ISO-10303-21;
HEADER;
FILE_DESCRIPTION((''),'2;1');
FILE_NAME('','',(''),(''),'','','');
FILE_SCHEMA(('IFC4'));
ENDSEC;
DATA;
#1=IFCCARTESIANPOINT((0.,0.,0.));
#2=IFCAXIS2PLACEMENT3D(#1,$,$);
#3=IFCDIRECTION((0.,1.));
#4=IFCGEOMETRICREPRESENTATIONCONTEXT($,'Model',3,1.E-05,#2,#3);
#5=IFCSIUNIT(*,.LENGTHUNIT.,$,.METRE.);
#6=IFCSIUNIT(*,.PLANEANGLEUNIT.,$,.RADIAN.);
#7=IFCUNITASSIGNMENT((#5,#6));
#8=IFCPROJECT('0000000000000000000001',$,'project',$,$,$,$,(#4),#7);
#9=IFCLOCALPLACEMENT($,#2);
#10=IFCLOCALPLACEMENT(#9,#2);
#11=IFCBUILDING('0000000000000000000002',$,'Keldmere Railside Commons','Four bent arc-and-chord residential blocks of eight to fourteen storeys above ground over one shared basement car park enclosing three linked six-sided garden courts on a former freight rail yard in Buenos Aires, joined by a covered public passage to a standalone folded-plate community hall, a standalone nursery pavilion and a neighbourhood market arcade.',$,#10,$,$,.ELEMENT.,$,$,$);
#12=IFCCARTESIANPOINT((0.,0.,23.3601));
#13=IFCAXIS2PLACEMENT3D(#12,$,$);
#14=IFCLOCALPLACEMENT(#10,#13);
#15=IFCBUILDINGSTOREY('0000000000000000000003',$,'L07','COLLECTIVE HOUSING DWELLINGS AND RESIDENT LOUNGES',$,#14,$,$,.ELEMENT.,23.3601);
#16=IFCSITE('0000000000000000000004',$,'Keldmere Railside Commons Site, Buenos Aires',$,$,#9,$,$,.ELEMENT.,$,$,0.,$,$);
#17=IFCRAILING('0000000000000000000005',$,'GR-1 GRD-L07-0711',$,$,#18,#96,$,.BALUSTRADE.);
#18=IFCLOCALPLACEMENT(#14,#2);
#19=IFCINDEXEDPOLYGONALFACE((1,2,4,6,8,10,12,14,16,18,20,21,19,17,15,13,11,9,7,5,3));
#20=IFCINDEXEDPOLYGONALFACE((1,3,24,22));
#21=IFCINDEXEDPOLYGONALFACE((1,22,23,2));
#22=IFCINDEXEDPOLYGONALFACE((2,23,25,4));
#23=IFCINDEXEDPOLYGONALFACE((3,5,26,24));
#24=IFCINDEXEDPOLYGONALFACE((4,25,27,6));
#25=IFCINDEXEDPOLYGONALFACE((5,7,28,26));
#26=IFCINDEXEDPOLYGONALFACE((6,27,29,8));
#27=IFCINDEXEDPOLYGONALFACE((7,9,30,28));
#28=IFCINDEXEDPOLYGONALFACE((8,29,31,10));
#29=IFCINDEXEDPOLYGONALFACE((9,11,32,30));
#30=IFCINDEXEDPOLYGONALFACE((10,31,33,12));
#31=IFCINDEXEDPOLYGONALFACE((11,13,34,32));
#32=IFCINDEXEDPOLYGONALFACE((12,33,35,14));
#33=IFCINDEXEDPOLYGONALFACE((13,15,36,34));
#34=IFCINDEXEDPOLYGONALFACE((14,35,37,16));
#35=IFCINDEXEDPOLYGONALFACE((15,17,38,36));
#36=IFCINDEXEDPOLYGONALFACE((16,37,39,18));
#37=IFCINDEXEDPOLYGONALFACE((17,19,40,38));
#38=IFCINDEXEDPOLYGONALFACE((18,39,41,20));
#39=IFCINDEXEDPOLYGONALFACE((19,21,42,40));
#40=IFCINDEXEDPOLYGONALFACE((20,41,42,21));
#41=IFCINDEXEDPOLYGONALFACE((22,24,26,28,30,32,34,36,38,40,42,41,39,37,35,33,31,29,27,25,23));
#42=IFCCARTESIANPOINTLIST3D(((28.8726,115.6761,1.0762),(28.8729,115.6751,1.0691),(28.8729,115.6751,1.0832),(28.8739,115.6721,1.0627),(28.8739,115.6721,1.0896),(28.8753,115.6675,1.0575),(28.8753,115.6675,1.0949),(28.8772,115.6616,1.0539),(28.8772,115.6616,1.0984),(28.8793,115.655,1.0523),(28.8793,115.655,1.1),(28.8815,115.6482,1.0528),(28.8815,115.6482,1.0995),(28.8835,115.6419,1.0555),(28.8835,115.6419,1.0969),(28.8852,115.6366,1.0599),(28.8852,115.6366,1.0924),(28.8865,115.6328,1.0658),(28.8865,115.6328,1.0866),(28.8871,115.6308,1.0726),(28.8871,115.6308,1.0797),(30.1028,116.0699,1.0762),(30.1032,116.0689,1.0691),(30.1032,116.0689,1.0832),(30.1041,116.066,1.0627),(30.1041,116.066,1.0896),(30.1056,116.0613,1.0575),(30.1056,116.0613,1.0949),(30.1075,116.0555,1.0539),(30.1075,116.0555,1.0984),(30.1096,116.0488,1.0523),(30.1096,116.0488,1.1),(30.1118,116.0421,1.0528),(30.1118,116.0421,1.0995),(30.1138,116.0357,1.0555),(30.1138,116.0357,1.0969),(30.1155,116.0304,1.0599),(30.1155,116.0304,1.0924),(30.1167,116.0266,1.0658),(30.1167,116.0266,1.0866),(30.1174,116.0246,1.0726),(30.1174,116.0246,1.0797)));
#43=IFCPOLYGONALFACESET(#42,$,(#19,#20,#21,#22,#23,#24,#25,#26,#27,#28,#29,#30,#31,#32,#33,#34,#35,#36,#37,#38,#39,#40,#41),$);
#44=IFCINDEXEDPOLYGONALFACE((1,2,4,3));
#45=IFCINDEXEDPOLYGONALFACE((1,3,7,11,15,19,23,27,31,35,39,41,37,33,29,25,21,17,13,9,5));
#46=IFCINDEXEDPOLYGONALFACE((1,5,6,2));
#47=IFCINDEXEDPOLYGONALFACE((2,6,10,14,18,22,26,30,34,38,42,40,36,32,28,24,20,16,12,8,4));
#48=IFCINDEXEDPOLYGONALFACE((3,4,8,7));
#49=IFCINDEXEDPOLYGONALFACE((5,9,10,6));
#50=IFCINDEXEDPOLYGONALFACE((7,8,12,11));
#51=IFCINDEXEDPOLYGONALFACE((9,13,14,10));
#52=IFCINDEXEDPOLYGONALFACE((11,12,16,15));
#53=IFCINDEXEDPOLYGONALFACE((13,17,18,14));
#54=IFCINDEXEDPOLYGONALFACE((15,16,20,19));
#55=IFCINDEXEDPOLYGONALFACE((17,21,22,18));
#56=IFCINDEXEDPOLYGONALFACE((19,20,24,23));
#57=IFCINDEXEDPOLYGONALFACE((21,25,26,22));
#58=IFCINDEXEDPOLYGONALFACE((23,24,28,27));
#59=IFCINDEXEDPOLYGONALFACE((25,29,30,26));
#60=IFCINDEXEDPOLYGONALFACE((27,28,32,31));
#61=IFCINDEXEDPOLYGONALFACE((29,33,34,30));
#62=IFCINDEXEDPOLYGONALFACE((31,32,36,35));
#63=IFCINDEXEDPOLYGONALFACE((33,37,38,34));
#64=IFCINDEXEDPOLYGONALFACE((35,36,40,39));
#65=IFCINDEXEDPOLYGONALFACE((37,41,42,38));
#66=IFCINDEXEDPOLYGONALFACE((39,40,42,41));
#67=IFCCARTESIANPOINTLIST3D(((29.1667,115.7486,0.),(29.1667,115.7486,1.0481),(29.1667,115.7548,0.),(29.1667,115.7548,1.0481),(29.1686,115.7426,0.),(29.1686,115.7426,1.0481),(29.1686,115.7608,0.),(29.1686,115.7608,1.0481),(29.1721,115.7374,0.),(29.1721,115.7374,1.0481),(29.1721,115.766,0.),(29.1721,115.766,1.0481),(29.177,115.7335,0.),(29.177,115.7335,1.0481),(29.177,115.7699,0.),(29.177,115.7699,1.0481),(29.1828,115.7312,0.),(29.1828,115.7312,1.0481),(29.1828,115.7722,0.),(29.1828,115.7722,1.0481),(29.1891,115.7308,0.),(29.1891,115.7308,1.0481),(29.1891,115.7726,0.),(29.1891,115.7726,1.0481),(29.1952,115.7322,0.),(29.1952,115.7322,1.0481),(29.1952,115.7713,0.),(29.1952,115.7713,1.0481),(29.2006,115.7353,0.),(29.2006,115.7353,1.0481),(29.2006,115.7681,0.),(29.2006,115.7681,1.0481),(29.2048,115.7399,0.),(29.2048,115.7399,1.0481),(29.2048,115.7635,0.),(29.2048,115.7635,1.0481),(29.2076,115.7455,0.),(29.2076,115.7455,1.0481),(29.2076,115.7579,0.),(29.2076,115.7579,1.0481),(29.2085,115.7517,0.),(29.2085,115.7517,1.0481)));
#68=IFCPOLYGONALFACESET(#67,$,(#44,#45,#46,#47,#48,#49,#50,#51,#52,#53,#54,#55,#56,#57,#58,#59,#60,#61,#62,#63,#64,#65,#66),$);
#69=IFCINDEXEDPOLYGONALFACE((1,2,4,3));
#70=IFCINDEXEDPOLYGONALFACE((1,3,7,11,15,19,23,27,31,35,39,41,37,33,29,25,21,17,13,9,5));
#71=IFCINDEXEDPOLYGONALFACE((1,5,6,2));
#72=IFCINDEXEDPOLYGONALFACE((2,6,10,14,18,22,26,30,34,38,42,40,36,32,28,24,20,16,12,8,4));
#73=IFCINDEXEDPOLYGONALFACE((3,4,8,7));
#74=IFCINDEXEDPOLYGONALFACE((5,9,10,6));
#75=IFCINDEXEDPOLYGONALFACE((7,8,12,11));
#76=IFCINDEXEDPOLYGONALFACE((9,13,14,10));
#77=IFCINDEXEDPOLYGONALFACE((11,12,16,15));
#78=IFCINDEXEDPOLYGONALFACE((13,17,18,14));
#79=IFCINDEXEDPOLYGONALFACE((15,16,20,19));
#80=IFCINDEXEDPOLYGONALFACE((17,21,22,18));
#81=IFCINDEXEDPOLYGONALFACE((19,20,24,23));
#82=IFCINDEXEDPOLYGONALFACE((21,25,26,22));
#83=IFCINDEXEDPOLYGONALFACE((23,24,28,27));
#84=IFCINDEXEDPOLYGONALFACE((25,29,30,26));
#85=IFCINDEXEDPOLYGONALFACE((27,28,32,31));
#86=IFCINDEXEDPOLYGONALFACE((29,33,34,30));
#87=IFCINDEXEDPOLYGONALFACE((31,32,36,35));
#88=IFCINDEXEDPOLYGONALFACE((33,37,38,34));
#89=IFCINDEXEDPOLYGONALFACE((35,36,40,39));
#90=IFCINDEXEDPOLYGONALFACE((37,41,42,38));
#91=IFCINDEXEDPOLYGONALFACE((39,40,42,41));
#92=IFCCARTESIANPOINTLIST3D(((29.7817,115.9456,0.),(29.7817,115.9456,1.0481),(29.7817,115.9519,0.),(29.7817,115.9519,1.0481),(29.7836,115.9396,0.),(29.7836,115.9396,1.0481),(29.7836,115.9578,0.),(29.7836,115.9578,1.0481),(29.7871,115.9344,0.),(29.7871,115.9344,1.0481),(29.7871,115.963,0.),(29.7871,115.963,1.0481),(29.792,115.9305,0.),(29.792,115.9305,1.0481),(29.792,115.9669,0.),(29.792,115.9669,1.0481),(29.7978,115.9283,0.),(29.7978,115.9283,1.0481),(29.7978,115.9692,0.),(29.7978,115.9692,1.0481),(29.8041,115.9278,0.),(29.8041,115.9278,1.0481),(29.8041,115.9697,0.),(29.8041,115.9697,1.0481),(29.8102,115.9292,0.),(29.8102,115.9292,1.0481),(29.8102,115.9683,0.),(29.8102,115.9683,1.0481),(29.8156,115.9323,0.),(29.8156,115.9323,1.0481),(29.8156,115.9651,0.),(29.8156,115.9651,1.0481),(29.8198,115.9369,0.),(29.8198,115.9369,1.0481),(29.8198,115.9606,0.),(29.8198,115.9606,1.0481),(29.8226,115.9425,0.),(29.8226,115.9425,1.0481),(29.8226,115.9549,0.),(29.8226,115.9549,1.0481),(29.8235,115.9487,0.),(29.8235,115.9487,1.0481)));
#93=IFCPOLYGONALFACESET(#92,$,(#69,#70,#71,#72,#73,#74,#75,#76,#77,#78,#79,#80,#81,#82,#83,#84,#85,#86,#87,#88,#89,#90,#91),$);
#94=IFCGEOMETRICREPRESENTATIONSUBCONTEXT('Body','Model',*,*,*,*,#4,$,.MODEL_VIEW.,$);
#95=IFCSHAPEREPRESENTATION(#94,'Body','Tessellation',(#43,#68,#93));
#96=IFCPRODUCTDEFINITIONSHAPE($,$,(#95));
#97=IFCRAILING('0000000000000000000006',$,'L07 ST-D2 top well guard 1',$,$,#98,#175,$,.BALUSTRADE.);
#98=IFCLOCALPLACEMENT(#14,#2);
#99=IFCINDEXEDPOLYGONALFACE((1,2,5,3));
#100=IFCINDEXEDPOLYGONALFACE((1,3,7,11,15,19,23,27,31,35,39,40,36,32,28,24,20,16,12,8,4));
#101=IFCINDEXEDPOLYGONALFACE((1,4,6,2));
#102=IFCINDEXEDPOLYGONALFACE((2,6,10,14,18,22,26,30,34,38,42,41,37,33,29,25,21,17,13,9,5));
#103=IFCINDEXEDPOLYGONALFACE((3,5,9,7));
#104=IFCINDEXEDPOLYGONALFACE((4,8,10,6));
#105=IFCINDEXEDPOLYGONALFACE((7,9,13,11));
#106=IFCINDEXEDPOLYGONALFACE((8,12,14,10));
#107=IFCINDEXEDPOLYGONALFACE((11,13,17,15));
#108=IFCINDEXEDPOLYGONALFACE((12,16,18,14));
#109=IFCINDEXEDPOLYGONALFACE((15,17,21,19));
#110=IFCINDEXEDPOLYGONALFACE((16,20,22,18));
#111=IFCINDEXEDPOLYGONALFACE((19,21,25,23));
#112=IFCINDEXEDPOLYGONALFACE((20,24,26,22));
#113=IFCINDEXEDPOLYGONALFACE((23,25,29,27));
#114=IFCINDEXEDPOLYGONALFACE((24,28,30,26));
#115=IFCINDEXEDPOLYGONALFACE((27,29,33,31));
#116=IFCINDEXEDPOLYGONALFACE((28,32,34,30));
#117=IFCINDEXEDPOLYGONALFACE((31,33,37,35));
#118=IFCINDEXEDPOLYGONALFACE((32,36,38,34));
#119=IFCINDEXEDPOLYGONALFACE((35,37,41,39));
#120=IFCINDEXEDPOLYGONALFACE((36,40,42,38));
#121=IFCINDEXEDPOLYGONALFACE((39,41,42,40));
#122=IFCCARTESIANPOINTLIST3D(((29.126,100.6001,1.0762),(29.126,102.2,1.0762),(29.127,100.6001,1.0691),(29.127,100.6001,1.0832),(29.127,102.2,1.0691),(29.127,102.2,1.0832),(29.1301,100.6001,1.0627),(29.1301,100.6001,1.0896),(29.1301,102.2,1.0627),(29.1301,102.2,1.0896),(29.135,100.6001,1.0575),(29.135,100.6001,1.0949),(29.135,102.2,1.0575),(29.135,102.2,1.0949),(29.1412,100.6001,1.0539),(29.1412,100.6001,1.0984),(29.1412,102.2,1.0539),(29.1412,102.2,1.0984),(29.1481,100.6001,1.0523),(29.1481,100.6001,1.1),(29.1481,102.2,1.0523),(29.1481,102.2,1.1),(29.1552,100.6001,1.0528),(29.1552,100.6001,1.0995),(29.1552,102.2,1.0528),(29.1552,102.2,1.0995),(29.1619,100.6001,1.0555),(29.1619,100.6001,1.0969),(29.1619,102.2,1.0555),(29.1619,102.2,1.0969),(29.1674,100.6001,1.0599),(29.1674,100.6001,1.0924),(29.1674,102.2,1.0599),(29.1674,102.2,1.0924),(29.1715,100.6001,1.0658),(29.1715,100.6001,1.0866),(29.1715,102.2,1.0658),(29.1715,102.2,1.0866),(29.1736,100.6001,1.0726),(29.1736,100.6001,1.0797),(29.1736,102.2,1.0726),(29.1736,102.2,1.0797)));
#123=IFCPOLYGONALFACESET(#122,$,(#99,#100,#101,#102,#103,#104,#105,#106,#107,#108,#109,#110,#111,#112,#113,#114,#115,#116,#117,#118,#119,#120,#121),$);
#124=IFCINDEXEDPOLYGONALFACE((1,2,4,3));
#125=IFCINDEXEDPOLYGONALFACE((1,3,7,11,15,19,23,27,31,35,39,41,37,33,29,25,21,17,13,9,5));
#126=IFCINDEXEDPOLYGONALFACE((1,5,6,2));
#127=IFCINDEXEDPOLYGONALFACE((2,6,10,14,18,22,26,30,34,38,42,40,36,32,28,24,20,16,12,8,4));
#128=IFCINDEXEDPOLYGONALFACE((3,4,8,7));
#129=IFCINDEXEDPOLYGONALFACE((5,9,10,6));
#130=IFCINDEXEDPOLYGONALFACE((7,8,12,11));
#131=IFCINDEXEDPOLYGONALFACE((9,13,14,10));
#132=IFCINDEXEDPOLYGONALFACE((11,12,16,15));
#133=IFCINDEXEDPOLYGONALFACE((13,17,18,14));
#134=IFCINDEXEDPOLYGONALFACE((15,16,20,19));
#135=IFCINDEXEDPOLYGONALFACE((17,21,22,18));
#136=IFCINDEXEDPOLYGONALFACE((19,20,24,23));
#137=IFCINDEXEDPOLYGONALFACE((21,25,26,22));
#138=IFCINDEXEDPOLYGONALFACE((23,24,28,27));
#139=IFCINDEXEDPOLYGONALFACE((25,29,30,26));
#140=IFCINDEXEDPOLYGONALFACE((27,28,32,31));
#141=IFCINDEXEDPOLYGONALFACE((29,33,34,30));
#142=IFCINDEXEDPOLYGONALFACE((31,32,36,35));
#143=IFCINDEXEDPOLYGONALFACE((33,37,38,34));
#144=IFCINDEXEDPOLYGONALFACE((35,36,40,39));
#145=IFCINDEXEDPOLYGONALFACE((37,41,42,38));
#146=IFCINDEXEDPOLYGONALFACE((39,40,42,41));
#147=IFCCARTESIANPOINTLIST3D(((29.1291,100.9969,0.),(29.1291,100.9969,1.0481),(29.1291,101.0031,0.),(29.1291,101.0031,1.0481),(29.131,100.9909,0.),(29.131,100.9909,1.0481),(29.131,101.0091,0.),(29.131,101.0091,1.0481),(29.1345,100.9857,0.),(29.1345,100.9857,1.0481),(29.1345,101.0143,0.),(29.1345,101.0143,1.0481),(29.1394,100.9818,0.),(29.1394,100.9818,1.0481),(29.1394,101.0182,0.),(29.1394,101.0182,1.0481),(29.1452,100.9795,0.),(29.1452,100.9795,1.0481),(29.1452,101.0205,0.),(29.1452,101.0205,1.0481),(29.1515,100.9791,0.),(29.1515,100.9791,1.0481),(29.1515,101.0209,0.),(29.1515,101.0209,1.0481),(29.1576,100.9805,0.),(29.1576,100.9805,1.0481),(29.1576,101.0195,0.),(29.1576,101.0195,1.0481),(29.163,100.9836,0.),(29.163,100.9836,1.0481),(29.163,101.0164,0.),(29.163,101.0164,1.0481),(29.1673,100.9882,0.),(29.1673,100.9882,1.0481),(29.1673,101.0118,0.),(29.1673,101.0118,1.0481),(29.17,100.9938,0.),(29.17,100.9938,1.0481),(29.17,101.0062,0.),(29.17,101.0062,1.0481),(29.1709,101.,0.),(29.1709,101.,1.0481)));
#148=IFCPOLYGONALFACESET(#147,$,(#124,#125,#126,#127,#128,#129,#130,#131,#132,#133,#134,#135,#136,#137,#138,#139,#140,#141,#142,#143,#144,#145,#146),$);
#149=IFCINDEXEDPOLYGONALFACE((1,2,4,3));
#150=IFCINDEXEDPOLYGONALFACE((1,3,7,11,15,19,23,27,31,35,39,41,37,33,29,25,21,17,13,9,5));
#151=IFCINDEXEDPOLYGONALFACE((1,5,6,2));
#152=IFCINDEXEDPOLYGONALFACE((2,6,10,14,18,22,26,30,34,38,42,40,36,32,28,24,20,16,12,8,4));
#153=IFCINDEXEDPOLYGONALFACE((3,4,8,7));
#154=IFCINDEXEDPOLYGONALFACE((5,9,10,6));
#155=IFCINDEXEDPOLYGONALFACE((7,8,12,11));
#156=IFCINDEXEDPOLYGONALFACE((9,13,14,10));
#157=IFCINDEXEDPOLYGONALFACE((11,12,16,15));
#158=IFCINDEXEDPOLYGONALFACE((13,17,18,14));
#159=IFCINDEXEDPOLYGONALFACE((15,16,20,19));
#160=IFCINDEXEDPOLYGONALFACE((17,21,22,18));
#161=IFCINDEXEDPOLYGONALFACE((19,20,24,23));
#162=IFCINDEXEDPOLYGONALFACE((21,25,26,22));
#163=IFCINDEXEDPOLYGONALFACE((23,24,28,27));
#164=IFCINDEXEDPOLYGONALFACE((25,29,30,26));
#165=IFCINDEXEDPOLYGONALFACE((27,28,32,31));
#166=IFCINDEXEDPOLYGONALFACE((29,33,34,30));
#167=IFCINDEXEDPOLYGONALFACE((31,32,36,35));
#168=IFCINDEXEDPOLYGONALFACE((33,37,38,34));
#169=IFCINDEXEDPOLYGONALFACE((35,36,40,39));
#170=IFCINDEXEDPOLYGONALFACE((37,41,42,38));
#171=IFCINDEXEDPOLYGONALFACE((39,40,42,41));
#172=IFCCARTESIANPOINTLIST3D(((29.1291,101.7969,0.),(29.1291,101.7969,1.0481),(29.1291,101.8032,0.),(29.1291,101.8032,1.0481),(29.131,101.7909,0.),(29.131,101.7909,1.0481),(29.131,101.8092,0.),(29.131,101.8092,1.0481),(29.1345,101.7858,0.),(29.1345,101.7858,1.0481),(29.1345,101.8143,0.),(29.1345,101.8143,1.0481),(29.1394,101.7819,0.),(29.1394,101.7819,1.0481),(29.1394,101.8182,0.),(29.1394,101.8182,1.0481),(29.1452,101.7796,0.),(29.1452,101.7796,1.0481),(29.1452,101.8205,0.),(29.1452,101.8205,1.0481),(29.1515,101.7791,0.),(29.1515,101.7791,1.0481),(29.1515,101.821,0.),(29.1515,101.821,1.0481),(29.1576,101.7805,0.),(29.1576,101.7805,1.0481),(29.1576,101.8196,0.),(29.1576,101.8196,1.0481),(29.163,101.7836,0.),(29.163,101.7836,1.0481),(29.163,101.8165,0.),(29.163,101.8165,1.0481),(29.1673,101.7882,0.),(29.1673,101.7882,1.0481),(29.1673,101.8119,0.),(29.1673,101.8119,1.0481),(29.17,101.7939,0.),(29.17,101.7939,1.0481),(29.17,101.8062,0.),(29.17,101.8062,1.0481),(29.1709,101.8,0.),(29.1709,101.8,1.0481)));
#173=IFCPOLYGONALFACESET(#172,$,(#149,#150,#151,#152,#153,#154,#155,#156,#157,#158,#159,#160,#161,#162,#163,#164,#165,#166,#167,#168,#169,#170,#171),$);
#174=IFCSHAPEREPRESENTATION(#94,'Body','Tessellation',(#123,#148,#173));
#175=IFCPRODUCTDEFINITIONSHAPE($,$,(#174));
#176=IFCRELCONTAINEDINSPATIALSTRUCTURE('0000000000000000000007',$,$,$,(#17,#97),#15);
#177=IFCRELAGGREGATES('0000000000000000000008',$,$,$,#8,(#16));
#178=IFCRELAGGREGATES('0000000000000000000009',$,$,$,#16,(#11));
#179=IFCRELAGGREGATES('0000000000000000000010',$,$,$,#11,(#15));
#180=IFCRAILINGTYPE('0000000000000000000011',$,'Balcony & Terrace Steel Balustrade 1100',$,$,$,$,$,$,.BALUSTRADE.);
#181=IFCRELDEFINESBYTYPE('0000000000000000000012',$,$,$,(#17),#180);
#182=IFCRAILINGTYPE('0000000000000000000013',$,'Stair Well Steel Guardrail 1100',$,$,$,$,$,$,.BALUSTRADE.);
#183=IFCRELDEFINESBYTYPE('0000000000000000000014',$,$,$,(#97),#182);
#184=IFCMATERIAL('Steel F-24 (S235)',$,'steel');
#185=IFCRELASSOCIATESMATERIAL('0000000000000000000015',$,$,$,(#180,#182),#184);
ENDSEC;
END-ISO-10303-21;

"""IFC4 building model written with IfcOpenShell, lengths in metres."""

from ifc_helpers import new_model, si_unit, direction, frame, origin, origin_2d, place, context, subcontext, project, spatial, circle, extrude, material, type_object, element, save


model = new_model("IFC4")

# Units and contexts
model_context = context("Model", 3, precision=1e-05, world=origin(), true_north=direction((0.0, 1.0)))
body_context = subcontext(model_context, "Body", "Model", "MODEL_VIEW")
ifc_project = project(units=[si_unit("LENGTHUNIT", "METRE"), si_unit("PLANEANGLEUNIT", "RADIAN")], contexts=[model_context])

# Site, building, storey
site_placement = place(None, origin())
site = spatial("IfcSite", under=ifc_project, at=site_placement, Name="Keldmere Railside Commons Site, Buenos Aires", CompositionType="ELEMENT", RefElevation=0.0)
building_placement = place(site_placement, origin())
building = spatial("IfcBuilding", under=site, at=building_placement, Name="Keldmere Railside Commons", Description="Four bent arc-and-chord residential blocks of eight to fourteen storeys above ground over one shared basement car park enclosing three linked six-sided garden courts on a former freight rail yard in Buenos Aires, joined by a covered public passage to a standalone folded-plate community hall, a standalone nursery pavilion and a neighbourhood market arcade.", CompositionType="ELEMENT")
storey_placement = place(building_placement, frame((0.0, 0.0, 23.3601)))
storey = spatial("IfcBuildingStorey", under=building, at=storey_placement, Name="L07", Description="COLLECTIVE HOUSING DWELLINGS AND RESIDENT LOUNGES", CompositionType="ELEMENT", Elevation=23.3601)

# Railings
ifc_material_1 = material(Name="Steel F-24 (S235)", Category="steel")
railing_type_1 = type_object("IfcRailingType", Name="Balcony & Terrace Steel Balustrade 1100", PredefinedType="BALUSTRADE", material=ifc_material_1)
railing_1_placement = place(storey_placement, frame((28.8799, 115.6533, 0.0)))
element("IfcRailing", 1, at=railing_1_placement, inside=storey, type_object=railing_type_1, Name="GR-1 GRD-L07-0711", PredefinedType="BALUSTRADE", context=body_context, shape_type="SweptSolid", body=[
    extrude(circle(Radius=0.0239, at=origin_2d()), frame((0.0, 0.0, 1.0762), z_axis=(0.952396, 0.304865, 0.0), x_axis=(-0.304865, 0.952396, 0.0)), (0.0, 0.0, 1.0), 1.2917),
    extrude(circle(Radius=0.021, at=origin_2d()), frame((0.3076, 0.0984, 0.0)), (0.0, 0.0, 1.0), 1.0481),
    extrude(circle(Radius=0.021, at=origin_2d()), frame((0.9226, 0.2954, 0.0)), (0.0, 0.0, 1.0), 1.0481),
])
railing_type_2 = type_object("IfcRailingType", Name="Stair Well Steel Guardrail 1100", PredefinedType="BALUSTRADE", material=ifc_material_1)
railing_2_placement = place(storey_placement, frame((29.1499, 100.6001, 0.0)))
element("IfcRailing", 2, at=railing_2_placement, inside=storey, type_object=railing_type_2, Name="L07 ST-D2 top well guard 1", PredefinedType="BALUSTRADE", context=body_context, shape_type="SweptSolid", body=[
    extrude(circle(Radius=0.0239, at=origin_2d()), frame((0.0, 0.0, 1.0762), z_axis=(0.0, 1.0, 0.0), x_axis=(-1.0, 0.0, 0.0)), (0.0, 0.0, 1.0), 1.5999),
    extrude(circle(Radius=0.021, at=origin_2d()), frame((0.0, 0.3999, 0.0)), (0.0, 0.0, 1.0), 1.0481),
    extrude(circle(Radius=0.021, at=origin_2d()), frame((0.0, 1.2, 0.0)), (0.0, 0.0, 1.0), 1.0481),
])

save(model, "model.ifc")
